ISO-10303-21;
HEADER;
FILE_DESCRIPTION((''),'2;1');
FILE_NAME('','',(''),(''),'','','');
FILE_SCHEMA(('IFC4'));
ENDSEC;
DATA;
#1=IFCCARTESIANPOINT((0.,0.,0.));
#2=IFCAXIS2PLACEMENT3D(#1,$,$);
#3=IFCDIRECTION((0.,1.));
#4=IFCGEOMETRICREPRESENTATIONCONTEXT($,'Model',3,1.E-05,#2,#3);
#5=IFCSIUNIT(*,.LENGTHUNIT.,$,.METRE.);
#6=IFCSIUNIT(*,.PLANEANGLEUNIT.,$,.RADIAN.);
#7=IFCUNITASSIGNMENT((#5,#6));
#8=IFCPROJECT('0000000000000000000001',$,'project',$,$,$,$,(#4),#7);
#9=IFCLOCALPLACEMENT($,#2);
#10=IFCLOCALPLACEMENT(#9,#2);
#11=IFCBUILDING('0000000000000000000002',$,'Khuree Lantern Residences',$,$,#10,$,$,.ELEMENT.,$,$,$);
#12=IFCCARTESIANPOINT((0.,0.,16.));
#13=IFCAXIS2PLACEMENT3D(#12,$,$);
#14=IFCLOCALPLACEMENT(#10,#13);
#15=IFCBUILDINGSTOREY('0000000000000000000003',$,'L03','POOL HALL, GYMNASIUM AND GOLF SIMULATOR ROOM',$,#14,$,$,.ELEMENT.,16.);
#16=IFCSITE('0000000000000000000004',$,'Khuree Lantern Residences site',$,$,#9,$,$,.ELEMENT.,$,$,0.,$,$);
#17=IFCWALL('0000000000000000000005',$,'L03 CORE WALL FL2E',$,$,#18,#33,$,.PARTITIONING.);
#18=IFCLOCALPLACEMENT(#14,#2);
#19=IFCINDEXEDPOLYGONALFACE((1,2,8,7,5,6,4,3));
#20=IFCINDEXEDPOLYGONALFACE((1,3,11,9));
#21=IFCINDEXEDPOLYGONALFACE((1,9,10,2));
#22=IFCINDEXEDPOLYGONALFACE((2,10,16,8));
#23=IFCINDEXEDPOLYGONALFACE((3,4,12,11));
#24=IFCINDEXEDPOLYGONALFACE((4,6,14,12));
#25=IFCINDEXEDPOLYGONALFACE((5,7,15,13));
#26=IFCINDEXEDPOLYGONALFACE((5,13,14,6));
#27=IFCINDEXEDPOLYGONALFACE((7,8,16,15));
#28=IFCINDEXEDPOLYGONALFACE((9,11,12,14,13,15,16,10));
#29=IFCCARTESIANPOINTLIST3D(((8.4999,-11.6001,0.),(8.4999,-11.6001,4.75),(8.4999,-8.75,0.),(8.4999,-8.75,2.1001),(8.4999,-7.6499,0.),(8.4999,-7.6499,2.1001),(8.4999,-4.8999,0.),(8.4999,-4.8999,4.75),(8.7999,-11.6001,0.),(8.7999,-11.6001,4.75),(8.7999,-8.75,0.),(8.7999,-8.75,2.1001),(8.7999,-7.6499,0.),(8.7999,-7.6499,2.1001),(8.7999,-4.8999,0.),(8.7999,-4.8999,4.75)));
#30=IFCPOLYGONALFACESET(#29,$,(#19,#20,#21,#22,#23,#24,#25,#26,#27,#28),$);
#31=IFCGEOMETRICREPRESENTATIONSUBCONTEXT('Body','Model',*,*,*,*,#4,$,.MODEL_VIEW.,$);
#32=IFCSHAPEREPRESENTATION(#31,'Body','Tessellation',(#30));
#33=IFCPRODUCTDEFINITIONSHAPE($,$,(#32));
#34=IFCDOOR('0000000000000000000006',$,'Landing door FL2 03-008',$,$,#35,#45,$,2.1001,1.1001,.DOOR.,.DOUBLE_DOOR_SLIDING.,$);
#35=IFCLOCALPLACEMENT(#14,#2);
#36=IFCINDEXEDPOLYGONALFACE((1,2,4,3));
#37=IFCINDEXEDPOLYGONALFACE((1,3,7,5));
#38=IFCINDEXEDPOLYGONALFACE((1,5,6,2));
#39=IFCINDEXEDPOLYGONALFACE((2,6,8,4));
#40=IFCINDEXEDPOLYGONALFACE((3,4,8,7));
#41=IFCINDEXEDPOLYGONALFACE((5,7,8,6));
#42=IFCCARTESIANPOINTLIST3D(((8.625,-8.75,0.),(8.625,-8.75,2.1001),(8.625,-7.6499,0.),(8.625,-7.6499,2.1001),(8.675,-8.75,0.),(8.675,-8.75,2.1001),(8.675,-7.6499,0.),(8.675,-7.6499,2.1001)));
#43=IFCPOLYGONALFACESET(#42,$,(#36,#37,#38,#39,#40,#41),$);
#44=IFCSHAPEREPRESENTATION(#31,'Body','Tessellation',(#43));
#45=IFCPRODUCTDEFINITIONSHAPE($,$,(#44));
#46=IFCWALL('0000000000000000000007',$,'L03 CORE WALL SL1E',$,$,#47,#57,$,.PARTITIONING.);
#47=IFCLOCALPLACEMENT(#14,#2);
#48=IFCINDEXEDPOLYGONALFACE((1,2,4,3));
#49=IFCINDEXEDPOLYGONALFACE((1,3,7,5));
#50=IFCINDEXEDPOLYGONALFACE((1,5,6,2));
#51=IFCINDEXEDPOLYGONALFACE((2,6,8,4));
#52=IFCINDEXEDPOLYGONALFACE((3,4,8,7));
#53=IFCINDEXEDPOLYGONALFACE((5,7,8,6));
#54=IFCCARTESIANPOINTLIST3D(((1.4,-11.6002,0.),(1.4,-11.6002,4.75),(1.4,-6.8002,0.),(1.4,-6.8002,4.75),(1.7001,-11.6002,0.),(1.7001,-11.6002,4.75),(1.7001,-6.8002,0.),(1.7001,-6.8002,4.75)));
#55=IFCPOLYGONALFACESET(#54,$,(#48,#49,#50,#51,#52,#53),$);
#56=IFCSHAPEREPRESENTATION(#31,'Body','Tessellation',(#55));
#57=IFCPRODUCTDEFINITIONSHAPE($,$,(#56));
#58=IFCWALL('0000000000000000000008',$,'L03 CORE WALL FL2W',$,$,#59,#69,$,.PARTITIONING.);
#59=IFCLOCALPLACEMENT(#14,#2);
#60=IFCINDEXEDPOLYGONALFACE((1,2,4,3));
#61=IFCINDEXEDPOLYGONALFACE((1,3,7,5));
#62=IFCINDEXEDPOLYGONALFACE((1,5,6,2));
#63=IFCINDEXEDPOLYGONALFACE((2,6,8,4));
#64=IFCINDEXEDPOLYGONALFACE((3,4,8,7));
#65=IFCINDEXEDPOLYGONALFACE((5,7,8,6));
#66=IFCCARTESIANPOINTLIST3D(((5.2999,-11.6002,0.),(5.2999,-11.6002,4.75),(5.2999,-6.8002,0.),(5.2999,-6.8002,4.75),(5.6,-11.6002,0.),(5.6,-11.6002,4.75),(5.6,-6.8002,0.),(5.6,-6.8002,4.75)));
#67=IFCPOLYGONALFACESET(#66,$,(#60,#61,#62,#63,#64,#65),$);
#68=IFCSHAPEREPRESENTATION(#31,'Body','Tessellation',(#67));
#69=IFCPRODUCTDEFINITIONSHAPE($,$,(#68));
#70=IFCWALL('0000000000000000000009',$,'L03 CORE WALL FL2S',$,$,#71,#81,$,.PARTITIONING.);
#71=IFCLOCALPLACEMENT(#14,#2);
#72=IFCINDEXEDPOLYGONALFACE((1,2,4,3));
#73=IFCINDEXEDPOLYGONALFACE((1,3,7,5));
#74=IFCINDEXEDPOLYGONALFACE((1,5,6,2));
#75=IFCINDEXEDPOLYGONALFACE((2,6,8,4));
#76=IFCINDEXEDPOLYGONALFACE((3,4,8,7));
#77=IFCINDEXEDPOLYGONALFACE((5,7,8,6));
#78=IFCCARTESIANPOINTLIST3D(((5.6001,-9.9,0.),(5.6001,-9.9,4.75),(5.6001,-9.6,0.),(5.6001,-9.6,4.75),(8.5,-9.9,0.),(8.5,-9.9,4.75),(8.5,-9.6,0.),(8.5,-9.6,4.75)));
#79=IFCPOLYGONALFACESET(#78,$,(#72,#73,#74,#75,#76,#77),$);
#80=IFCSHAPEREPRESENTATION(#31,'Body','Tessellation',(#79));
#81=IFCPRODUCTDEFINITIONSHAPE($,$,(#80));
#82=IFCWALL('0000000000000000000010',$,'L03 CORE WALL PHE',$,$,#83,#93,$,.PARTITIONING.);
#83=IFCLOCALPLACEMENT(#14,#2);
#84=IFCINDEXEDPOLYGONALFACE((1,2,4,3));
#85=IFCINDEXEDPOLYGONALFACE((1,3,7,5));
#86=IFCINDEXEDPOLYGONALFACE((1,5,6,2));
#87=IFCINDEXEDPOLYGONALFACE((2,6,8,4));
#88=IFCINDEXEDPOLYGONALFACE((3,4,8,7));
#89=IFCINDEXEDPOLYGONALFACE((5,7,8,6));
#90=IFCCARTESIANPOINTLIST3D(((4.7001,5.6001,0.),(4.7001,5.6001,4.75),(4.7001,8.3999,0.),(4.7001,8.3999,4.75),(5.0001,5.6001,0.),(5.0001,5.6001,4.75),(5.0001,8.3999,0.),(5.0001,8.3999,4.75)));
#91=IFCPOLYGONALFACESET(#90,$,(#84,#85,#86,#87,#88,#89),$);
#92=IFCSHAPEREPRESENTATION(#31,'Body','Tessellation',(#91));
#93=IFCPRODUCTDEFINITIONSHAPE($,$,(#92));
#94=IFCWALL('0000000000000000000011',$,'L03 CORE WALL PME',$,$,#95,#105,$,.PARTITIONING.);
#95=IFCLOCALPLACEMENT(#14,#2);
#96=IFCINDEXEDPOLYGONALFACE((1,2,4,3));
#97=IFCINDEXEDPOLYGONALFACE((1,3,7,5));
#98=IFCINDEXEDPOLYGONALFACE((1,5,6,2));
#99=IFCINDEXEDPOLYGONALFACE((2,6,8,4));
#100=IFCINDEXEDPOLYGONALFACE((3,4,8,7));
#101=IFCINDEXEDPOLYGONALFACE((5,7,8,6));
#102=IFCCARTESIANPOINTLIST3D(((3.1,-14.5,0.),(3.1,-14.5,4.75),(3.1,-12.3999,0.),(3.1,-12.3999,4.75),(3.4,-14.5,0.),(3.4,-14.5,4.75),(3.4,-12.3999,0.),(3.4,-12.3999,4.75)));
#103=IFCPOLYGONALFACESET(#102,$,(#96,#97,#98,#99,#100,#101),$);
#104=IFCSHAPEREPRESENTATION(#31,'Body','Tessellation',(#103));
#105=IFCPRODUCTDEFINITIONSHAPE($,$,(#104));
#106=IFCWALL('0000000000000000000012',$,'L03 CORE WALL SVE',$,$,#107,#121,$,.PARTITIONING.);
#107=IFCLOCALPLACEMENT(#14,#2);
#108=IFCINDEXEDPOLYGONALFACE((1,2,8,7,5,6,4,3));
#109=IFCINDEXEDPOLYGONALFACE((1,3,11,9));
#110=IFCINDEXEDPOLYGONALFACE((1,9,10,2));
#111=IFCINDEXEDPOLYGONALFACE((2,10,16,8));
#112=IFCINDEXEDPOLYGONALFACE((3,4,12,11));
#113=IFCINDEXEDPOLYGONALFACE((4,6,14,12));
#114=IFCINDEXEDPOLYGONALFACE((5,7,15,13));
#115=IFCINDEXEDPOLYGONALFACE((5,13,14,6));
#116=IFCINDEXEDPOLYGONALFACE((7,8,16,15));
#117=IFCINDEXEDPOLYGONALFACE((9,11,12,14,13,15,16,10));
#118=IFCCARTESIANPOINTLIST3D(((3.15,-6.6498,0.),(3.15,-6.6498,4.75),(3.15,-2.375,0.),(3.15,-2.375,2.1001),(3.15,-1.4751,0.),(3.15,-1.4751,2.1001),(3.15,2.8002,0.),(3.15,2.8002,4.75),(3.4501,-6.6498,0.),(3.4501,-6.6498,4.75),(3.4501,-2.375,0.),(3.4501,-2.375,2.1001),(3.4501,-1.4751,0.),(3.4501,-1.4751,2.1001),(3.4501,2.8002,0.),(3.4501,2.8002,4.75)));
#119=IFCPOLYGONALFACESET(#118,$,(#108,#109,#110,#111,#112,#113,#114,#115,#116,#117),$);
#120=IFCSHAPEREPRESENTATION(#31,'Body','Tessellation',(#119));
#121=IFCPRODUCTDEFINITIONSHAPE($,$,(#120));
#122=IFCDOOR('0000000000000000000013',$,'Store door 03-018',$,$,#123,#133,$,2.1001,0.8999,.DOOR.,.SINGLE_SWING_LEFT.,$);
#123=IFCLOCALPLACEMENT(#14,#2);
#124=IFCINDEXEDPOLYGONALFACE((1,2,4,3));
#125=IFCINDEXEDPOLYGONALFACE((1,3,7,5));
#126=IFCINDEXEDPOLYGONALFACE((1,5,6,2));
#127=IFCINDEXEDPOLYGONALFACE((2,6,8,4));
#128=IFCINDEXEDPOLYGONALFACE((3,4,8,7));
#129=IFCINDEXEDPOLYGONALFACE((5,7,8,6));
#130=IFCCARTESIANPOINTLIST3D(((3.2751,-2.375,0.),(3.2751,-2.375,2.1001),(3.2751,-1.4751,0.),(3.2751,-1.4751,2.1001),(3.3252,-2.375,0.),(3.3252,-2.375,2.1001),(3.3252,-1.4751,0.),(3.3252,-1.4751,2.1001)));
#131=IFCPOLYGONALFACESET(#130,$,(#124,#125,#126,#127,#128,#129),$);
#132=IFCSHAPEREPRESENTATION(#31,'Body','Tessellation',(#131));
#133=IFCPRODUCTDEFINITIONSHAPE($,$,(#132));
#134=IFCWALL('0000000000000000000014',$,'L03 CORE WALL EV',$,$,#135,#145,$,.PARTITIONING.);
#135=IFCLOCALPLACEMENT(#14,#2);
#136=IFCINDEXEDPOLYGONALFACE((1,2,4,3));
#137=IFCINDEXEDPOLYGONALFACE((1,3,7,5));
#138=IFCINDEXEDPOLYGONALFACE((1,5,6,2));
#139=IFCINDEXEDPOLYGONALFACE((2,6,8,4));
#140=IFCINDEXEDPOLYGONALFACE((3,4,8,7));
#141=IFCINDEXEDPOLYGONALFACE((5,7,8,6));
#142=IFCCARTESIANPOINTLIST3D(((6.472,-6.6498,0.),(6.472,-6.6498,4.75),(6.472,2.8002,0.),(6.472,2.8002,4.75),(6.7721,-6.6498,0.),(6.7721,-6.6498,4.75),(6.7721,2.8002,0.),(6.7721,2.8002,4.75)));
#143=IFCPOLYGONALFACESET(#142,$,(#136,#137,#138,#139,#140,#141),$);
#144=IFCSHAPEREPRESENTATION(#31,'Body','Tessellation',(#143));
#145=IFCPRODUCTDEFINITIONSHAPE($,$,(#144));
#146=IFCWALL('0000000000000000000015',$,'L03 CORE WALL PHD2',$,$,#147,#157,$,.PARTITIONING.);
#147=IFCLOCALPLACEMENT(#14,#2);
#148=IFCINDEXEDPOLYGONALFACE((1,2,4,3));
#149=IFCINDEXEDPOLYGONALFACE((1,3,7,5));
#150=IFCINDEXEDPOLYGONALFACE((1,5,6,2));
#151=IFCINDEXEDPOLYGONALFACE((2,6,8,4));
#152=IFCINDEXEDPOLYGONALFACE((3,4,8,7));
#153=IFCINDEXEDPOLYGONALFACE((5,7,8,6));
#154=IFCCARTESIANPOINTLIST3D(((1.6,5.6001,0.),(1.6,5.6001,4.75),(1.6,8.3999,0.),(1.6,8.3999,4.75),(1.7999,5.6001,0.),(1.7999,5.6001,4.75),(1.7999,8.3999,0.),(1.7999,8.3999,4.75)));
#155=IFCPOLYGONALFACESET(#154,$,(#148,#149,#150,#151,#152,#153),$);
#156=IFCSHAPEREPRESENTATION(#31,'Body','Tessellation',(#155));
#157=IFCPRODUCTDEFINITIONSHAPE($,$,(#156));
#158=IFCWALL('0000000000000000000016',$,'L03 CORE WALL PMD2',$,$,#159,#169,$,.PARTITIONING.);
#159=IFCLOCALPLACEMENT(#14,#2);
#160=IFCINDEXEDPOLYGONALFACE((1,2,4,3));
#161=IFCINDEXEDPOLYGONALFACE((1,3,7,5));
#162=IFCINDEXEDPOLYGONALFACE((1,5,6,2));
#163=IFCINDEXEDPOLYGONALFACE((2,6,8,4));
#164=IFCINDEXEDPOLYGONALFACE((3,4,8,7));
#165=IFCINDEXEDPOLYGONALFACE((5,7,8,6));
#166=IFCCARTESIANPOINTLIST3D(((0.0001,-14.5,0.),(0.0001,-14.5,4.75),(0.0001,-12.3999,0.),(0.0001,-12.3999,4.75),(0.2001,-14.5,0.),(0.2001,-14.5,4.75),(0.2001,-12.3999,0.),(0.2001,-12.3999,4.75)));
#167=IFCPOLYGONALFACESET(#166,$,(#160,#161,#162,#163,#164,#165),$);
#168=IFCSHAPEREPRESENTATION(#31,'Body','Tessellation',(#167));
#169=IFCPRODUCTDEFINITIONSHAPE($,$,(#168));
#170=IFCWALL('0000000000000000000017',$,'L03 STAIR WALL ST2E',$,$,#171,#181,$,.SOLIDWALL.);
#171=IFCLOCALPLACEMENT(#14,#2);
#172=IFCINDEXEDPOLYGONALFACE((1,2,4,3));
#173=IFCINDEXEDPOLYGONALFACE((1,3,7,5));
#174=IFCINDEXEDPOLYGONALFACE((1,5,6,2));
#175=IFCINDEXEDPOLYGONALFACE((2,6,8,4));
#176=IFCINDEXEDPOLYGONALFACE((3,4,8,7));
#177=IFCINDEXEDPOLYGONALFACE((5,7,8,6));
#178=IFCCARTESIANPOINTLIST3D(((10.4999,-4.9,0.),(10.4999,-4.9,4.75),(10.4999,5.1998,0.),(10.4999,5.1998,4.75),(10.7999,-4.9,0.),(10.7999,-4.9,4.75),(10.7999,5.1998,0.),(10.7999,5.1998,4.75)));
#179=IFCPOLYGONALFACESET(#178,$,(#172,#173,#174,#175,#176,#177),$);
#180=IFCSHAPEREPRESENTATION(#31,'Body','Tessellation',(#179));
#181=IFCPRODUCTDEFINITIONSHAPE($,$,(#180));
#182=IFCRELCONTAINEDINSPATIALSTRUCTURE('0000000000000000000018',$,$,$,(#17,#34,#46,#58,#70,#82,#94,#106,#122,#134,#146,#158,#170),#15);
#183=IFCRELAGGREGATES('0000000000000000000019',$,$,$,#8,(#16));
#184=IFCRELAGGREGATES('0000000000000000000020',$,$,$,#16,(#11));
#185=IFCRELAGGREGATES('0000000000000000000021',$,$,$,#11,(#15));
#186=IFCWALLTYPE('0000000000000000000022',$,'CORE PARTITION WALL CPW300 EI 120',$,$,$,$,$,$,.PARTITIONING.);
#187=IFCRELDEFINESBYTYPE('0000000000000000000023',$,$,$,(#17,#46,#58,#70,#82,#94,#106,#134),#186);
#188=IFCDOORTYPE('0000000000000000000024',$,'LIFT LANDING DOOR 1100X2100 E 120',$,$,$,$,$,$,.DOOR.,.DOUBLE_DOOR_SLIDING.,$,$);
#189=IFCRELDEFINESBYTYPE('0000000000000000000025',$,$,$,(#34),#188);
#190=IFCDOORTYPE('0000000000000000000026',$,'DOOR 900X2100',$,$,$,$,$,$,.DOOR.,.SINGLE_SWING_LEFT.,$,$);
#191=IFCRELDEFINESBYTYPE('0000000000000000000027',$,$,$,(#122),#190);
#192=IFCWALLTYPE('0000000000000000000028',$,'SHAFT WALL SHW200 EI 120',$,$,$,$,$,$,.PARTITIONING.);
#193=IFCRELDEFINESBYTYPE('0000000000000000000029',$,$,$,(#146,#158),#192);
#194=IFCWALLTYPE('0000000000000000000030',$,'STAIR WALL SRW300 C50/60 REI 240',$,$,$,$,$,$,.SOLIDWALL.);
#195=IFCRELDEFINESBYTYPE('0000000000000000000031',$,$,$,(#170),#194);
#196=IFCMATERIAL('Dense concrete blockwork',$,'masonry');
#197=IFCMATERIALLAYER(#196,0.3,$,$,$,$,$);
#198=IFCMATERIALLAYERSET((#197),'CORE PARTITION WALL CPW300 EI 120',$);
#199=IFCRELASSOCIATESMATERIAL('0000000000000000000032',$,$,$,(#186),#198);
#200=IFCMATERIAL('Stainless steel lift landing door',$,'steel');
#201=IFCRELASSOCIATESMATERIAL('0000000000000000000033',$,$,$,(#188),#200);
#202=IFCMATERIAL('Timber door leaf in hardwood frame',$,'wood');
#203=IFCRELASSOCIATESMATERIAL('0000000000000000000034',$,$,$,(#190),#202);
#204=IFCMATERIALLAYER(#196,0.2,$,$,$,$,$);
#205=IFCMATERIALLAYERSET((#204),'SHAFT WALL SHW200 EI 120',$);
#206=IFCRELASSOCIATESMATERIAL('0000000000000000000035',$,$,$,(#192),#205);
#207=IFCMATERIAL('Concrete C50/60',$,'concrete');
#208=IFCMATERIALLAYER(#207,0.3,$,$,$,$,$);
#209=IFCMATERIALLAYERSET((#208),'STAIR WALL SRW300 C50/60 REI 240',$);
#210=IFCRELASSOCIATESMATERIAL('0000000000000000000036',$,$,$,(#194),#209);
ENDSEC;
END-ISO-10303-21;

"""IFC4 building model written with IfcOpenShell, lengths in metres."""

from ifc_helpers import new_model, si_unit, direction, frame, frame_2d, origin, place, context, subcontext, project, spatial, rectangle, extrude, material, layer, layer_set, type_object, element, fill, save


model = new_model("IFC4")

# Units and contexts
model_context = context("Model", 3, precision=1e-05, world=origin(), true_north=direction((0.0, 1.0)))
body_context = subcontext(model_context, "Body", "Model", "MODEL_VIEW")
ifc_project = project(units=[si_unit("LENGTHUNIT", "METRE"), si_unit("PLANEANGLEUNIT", "RADIAN")], contexts=[model_context])

# Site, building, storey
site_placement = place(None, origin())
site = spatial("IfcSite", under=ifc_project, at=site_placement, Name="Khuree Lantern Residences site", CompositionType="ELEMENT", RefElevation=0.0)
building_placement = place(site_placement, origin())
building = spatial("IfcBuilding", under=site, at=building_placement, Name="Khuree Lantern Residences", CompositionType="ELEMENT")
storey_placement = place(building_placement, frame((0.0, 0.0, 16.0)))
storey = spatial("IfcBuildingStorey", under=building, at=storey_placement, Name="L03", Description="POOL HALL, GYMNASIUM AND GOLF SIMULATOR ROOM", CompositionType="ELEMENT", Elevation=16.0)

# Wall, opening, door
ifc_material_1 = material(Name="Dense concrete blockwork", Category="masonry")
ifc_layer_1 = layer(ifc_material_1, 0.3)
ifc_layer_set_1 = layer_set([ifc_layer_1], Name="CORE PARTITION WALL CPW300 EI 120")
wall_type_1 = type_object("IfcWallType", Name="CORE PARTITION WALL CPW300 EI 120", PredefinedType="PARTITIONING", material=ifc_layer_set_1)
wall_1_placement = place(storey_placement, frame((8.6499, -11.6001, 0.0), z_axis=(0.0, 0.0, 1.0), x_axis=(0.0, 1.0, 0.0)))
wall_1 = element("IfcWall", 1, at=wall_1_placement, inside=storey, type_object=wall_type_1, Name="L03 CORE WALL FL2E", PredefinedType="PARTITIONING", context=body_context, shape_type="SweptSolid", body=[
    extrude(rectangle(XDim=6.7002, YDim=0.3, at=frame_2d((3.3501, 0.0))), origin(), (0.0, 0.0, 1.0), 4.75),
])
opening_1_placement = place(wall_1_placement, frame((2.8501, 0.0, 0.0)))
opening_1 = element("IfcOpeningElement", 2, at=opening_1_placement, cuts=wall_1, PredefinedType="OPENING", context=body_context, shape_type="SweptSolid", body=[
    extrude(rectangle(XDim=1.1001, YDim=2.1001, at=frame_2d((0.55, 1.05))), frame((0.0, 0.1602, 0.0), z_axis=(0.0, -1.0, 0.0), x_axis=(1.0, 0.0, 0.0)), (0.0, 0.0, 1.0), 0.3201),
])
ifc_material_2 = material(Name="Stainless steel lift landing door", Category="steel")
door_type_1 = type_object("IfcDoorType", Name="LIFT LANDING DOOR 1100X2100 E 120", OperationType="DOUBLE_DOOR_SLIDING", PredefinedType="DOOR", material=ifc_material_2)
door_1_placement = place(opening_1_placement, origin())
door_1 = element("IfcDoor", 3, at=door_1_placement, inside=storey, type_object=door_type_1, Name="Landing door FL2 03-008", OperationType="DOUBLE_DOOR_SLIDING", OverallHeight=2.1001, OverallWidth=1.1001, PredefinedType="DOOR", context=body_context, shape_type="SweptSolid", body=[
    extrude(rectangle(XDim=1.1001, YDim=2.1001, at=frame_2d((0.55, 1.05))), frame((0.0, 0.0249, 0.0), z_axis=(0.0, -1.0, 0.0), x_axis=(1.0, 0.0, 0.0)), (0.0, 0.0, 1.0), 0.05),
])
fill(opening_1, door_1)

# Walls
for number, where, z_axis, x_axis, name in (
    (4, (1.55, -11.6001, 0.0), (0.0, 0.0, 1.0), (0.0, 1.0, 0.0), "L03 CORE WALL SL1E"),
    (5, (5.45, -11.6001, 0.0), (0.0, 0.0, 1.0), (0.0, 1.0, 0.0), "L03 CORE WALL FL2W"),
):
    element("IfcWall", number, at=place(storey_placement, frame(where, z_axis=z_axis, x_axis=x_axis)), inside=storey, type_object=wall_type_1, Name=name, PredefinedType="PARTITIONING", context=body_context, shape_type="SweptSolid", body=[
        extrude(rectangle(XDim=4.8, YDim=0.3, at=frame_2d((2.3999, 0.0))), origin(), (0.0, 0.0, 1.0), 4.75),
    ])
wall_2_placement = place(storey_placement, frame((5.6001, -9.75, 0.0), z_axis=(0.0, 0.0, 1.0), x_axis=(1.0, 0.0, 0.0)))
element("IfcWall", 6, at=wall_2_placement, inside=storey, type_object=wall_type_1, Name="L03 CORE WALL FL2S", PredefinedType="PARTITIONING", context=body_context, shape_type="SweptSolid", body=[
    extrude(rectangle(XDim=2.8999, YDim=0.3, at=frame_2d((1.45, 0.0))), origin(), (0.0, 0.0, 1.0), 4.75),
])
wall_3_placement = place(storey_placement, frame((4.8501, 5.6001, 0.0), z_axis=(0.0, 0.0, 1.0), x_axis=(0.0, 1.0, 0.0)))
element("IfcWall", 7, at=wall_3_placement, inside=storey, type_object=wall_type_1, Name="L03 CORE WALL PHE", PredefinedType="PARTITIONING", context=body_context, shape_type="SweptSolid", body=[
    extrude(rectangle(XDim=2.7998, YDim=0.3, at=frame_2d((1.3999, 0.0))), origin(), (0.0, 0.0, 1.0), 4.75),
])
wall_4_placement = place(storey_placement, frame((3.25, -14.5, 0.0), z_axis=(0.0, 0.0, 1.0), x_axis=(0.0, 1.0, 0.0)))
element("IfcWall", 8, at=wall_4_placement, inside=storey, type_object=wall_type_1, Name="L03 CORE WALL PME", PredefinedType="PARTITIONING", context=body_context, shape_type="SweptSolid", body=[
    extrude(rectangle(XDim=2.1001, YDim=0.3, at=frame_2d((1.05, 0.0))), origin(), (0.0, 0.0, 1.0), 4.75),
])

# Wall, opening, door
wall_5_placement = place(storey_placement, frame((3.3, -6.6499, 0.0), z_axis=(0.0, 0.0, 1.0), x_axis=(0.0, 1.0, 0.0)))
wall_5 = element("IfcWall", 9, at=wall_5_placement, inside=storey, type_object=wall_type_1, Name="L03 CORE WALL SVE", PredefinedType="PARTITIONING", context=body_context, shape_type="SweptSolid", body=[
    extrude(rectangle(XDim=9.45, YDim=0.3, at=frame_2d((4.7251, 0.0))), origin(), (0.0, 0.0, 1.0), 4.75),
])
opening_2_placement = place(wall_5_placement, frame((4.2749, 0.0, 0.0)))
opening_2 = element("IfcOpeningElement", 10, at=opening_2_placement, cuts=wall_5, PredefinedType="OPENING", context=body_context, shape_type="SweptSolid", body=[
    extrude(rectangle(XDim=0.8999, YDim=2.1001, at=frame_2d((0.45, 1.05))), frame((0.0, 0.1602, 0.0), z_axis=(0.0, -1.0, 0.0), x_axis=(1.0, 0.0, 0.0)), (0.0, 0.0, 1.0), 0.3201),
])
ifc_material_3 = material(Name="Timber door leaf in hardwood frame", Category="wood")
door_type_2 = type_object("IfcDoorType", Name="DOOR 900X2100", OperationType="SINGLE_SWING_LEFT", PredefinedType="DOOR", material=ifc_material_3)
door_2_placement = place(opening_2_placement, origin())
door_2 = element("IfcDoor", 11, at=door_2_placement, inside=storey, type_object=door_type_2, Name="Store door 03-018", OperationType="SINGLE_SWING_LEFT", OverallHeight=2.1001, OverallWidth=0.8999, PredefinedType="DOOR", context=body_context, shape_type="SweptSolid", body=[
    extrude(rectangle(XDim=0.8999, YDim=2.1001, at=frame_2d((0.45, 1.05))), frame((0.0, 0.0249, 0.0), z_axis=(0.0, -1.0, 0.0), x_axis=(1.0, 0.0, 0.0)), (0.0, 0.0, 1.0), 0.05),
])
fill(opening_2, door_2)

# Walls
wall_6_placement = place(storey_placement, frame((6.6221, -6.6499, 0.0), z_axis=(0.0, 0.0, 1.0), x_axis=(0.0, 1.0, 0.0)))
element("IfcWall", 12, at=wall_6_placement, inside=storey, type_object=wall_type_1, Name="L03 CORE WALL EV", PredefinedType="PARTITIONING", context=body_context, shape_type="SweptSolid", body=[
    extrude(rectangle(XDim=9.45, YDim=0.3, at=frame_2d((4.7251, 0.0))), origin(), (0.0, 0.0, 1.0), 4.75),
])
ifc_layer_2 = layer(ifc_material_1, 0.2)
ifc_layer_set_2 = layer_set([ifc_layer_2], Name="SHAFT WALL SHW200 EI 120")
wall_type_2 = type_object("IfcWallType", Name="SHAFT WALL SHW200 EI 120", PredefinedType="PARTITIONING", material=ifc_layer_set_2)
wall_7_placement = place(storey_placement, frame((1.7, 5.6001, 0.0), z_axis=(0.0, 0.0, 1.0), x_axis=(0.0, 1.0, 0.0)))
element("IfcWall", 13, at=wall_7_placement, inside=storey, type_object=wall_type_2, Name="L03 CORE WALL PHD2", PredefinedType="PARTITIONING", context=body_context, shape_type="SweptSolid", body=[
    extrude(rectangle(XDim=2.7998, YDim=0.2, at=frame_2d((1.3999, 0.0))), origin(), (0.0, 0.0, 1.0), 4.75),
])
wall_8_placement = place(storey_placement, frame((0.1001, -14.5, 0.0), z_axis=(0.0, 0.0, 1.0), x_axis=(0.0, 1.0, 0.0)))
element("IfcWall", 14, at=wall_8_placement, inside=storey, type_object=wall_type_2, Name="L03 CORE WALL PMD2", PredefinedType="PARTITIONING", context=body_context, shape_type="SweptSolid", body=[
    extrude(rectangle(XDim=2.1001, YDim=0.2, at=frame_2d((1.05, 0.0))), origin(), (0.0, 0.0, 1.0), 4.75),
])
ifc_material_4 = material(Name="Concrete C50/60", Category="concrete")
ifc_layer_3 = layer(ifc_material_4, 0.3)
ifc_layer_set_3 = layer_set([ifc_layer_3], Name="STAIR WALL SRW300 C50/60 REI 240")
wall_type_3 = type_object("IfcWallType", Name="STAIR WALL SRW300 C50/60 REI 240", PredefinedType="SOLIDWALL", material=ifc_layer_set_3)
wall_9_placement = place(storey_placement, frame((10.6499, -4.8999, 0.0), z_axis=(0.0, 0.0, 1.0), x_axis=(0.0, 1.0, 0.0)))
element("IfcWall", 15, at=wall_9_placement, inside=storey, type_object=wall_type_3, Name="L03 STAIR WALL ST2E", PredefinedType="SOLIDWALL", context=body_context, shape_type="SweptSolid", body=[
    extrude(rectangle(XDim=10.0999, YDim=0.3, at=frame_2d((5.0498, 0.0))), origin(), (0.0, 0.0, 1.0), 4.75),
])

save(model, "model.ifc")
